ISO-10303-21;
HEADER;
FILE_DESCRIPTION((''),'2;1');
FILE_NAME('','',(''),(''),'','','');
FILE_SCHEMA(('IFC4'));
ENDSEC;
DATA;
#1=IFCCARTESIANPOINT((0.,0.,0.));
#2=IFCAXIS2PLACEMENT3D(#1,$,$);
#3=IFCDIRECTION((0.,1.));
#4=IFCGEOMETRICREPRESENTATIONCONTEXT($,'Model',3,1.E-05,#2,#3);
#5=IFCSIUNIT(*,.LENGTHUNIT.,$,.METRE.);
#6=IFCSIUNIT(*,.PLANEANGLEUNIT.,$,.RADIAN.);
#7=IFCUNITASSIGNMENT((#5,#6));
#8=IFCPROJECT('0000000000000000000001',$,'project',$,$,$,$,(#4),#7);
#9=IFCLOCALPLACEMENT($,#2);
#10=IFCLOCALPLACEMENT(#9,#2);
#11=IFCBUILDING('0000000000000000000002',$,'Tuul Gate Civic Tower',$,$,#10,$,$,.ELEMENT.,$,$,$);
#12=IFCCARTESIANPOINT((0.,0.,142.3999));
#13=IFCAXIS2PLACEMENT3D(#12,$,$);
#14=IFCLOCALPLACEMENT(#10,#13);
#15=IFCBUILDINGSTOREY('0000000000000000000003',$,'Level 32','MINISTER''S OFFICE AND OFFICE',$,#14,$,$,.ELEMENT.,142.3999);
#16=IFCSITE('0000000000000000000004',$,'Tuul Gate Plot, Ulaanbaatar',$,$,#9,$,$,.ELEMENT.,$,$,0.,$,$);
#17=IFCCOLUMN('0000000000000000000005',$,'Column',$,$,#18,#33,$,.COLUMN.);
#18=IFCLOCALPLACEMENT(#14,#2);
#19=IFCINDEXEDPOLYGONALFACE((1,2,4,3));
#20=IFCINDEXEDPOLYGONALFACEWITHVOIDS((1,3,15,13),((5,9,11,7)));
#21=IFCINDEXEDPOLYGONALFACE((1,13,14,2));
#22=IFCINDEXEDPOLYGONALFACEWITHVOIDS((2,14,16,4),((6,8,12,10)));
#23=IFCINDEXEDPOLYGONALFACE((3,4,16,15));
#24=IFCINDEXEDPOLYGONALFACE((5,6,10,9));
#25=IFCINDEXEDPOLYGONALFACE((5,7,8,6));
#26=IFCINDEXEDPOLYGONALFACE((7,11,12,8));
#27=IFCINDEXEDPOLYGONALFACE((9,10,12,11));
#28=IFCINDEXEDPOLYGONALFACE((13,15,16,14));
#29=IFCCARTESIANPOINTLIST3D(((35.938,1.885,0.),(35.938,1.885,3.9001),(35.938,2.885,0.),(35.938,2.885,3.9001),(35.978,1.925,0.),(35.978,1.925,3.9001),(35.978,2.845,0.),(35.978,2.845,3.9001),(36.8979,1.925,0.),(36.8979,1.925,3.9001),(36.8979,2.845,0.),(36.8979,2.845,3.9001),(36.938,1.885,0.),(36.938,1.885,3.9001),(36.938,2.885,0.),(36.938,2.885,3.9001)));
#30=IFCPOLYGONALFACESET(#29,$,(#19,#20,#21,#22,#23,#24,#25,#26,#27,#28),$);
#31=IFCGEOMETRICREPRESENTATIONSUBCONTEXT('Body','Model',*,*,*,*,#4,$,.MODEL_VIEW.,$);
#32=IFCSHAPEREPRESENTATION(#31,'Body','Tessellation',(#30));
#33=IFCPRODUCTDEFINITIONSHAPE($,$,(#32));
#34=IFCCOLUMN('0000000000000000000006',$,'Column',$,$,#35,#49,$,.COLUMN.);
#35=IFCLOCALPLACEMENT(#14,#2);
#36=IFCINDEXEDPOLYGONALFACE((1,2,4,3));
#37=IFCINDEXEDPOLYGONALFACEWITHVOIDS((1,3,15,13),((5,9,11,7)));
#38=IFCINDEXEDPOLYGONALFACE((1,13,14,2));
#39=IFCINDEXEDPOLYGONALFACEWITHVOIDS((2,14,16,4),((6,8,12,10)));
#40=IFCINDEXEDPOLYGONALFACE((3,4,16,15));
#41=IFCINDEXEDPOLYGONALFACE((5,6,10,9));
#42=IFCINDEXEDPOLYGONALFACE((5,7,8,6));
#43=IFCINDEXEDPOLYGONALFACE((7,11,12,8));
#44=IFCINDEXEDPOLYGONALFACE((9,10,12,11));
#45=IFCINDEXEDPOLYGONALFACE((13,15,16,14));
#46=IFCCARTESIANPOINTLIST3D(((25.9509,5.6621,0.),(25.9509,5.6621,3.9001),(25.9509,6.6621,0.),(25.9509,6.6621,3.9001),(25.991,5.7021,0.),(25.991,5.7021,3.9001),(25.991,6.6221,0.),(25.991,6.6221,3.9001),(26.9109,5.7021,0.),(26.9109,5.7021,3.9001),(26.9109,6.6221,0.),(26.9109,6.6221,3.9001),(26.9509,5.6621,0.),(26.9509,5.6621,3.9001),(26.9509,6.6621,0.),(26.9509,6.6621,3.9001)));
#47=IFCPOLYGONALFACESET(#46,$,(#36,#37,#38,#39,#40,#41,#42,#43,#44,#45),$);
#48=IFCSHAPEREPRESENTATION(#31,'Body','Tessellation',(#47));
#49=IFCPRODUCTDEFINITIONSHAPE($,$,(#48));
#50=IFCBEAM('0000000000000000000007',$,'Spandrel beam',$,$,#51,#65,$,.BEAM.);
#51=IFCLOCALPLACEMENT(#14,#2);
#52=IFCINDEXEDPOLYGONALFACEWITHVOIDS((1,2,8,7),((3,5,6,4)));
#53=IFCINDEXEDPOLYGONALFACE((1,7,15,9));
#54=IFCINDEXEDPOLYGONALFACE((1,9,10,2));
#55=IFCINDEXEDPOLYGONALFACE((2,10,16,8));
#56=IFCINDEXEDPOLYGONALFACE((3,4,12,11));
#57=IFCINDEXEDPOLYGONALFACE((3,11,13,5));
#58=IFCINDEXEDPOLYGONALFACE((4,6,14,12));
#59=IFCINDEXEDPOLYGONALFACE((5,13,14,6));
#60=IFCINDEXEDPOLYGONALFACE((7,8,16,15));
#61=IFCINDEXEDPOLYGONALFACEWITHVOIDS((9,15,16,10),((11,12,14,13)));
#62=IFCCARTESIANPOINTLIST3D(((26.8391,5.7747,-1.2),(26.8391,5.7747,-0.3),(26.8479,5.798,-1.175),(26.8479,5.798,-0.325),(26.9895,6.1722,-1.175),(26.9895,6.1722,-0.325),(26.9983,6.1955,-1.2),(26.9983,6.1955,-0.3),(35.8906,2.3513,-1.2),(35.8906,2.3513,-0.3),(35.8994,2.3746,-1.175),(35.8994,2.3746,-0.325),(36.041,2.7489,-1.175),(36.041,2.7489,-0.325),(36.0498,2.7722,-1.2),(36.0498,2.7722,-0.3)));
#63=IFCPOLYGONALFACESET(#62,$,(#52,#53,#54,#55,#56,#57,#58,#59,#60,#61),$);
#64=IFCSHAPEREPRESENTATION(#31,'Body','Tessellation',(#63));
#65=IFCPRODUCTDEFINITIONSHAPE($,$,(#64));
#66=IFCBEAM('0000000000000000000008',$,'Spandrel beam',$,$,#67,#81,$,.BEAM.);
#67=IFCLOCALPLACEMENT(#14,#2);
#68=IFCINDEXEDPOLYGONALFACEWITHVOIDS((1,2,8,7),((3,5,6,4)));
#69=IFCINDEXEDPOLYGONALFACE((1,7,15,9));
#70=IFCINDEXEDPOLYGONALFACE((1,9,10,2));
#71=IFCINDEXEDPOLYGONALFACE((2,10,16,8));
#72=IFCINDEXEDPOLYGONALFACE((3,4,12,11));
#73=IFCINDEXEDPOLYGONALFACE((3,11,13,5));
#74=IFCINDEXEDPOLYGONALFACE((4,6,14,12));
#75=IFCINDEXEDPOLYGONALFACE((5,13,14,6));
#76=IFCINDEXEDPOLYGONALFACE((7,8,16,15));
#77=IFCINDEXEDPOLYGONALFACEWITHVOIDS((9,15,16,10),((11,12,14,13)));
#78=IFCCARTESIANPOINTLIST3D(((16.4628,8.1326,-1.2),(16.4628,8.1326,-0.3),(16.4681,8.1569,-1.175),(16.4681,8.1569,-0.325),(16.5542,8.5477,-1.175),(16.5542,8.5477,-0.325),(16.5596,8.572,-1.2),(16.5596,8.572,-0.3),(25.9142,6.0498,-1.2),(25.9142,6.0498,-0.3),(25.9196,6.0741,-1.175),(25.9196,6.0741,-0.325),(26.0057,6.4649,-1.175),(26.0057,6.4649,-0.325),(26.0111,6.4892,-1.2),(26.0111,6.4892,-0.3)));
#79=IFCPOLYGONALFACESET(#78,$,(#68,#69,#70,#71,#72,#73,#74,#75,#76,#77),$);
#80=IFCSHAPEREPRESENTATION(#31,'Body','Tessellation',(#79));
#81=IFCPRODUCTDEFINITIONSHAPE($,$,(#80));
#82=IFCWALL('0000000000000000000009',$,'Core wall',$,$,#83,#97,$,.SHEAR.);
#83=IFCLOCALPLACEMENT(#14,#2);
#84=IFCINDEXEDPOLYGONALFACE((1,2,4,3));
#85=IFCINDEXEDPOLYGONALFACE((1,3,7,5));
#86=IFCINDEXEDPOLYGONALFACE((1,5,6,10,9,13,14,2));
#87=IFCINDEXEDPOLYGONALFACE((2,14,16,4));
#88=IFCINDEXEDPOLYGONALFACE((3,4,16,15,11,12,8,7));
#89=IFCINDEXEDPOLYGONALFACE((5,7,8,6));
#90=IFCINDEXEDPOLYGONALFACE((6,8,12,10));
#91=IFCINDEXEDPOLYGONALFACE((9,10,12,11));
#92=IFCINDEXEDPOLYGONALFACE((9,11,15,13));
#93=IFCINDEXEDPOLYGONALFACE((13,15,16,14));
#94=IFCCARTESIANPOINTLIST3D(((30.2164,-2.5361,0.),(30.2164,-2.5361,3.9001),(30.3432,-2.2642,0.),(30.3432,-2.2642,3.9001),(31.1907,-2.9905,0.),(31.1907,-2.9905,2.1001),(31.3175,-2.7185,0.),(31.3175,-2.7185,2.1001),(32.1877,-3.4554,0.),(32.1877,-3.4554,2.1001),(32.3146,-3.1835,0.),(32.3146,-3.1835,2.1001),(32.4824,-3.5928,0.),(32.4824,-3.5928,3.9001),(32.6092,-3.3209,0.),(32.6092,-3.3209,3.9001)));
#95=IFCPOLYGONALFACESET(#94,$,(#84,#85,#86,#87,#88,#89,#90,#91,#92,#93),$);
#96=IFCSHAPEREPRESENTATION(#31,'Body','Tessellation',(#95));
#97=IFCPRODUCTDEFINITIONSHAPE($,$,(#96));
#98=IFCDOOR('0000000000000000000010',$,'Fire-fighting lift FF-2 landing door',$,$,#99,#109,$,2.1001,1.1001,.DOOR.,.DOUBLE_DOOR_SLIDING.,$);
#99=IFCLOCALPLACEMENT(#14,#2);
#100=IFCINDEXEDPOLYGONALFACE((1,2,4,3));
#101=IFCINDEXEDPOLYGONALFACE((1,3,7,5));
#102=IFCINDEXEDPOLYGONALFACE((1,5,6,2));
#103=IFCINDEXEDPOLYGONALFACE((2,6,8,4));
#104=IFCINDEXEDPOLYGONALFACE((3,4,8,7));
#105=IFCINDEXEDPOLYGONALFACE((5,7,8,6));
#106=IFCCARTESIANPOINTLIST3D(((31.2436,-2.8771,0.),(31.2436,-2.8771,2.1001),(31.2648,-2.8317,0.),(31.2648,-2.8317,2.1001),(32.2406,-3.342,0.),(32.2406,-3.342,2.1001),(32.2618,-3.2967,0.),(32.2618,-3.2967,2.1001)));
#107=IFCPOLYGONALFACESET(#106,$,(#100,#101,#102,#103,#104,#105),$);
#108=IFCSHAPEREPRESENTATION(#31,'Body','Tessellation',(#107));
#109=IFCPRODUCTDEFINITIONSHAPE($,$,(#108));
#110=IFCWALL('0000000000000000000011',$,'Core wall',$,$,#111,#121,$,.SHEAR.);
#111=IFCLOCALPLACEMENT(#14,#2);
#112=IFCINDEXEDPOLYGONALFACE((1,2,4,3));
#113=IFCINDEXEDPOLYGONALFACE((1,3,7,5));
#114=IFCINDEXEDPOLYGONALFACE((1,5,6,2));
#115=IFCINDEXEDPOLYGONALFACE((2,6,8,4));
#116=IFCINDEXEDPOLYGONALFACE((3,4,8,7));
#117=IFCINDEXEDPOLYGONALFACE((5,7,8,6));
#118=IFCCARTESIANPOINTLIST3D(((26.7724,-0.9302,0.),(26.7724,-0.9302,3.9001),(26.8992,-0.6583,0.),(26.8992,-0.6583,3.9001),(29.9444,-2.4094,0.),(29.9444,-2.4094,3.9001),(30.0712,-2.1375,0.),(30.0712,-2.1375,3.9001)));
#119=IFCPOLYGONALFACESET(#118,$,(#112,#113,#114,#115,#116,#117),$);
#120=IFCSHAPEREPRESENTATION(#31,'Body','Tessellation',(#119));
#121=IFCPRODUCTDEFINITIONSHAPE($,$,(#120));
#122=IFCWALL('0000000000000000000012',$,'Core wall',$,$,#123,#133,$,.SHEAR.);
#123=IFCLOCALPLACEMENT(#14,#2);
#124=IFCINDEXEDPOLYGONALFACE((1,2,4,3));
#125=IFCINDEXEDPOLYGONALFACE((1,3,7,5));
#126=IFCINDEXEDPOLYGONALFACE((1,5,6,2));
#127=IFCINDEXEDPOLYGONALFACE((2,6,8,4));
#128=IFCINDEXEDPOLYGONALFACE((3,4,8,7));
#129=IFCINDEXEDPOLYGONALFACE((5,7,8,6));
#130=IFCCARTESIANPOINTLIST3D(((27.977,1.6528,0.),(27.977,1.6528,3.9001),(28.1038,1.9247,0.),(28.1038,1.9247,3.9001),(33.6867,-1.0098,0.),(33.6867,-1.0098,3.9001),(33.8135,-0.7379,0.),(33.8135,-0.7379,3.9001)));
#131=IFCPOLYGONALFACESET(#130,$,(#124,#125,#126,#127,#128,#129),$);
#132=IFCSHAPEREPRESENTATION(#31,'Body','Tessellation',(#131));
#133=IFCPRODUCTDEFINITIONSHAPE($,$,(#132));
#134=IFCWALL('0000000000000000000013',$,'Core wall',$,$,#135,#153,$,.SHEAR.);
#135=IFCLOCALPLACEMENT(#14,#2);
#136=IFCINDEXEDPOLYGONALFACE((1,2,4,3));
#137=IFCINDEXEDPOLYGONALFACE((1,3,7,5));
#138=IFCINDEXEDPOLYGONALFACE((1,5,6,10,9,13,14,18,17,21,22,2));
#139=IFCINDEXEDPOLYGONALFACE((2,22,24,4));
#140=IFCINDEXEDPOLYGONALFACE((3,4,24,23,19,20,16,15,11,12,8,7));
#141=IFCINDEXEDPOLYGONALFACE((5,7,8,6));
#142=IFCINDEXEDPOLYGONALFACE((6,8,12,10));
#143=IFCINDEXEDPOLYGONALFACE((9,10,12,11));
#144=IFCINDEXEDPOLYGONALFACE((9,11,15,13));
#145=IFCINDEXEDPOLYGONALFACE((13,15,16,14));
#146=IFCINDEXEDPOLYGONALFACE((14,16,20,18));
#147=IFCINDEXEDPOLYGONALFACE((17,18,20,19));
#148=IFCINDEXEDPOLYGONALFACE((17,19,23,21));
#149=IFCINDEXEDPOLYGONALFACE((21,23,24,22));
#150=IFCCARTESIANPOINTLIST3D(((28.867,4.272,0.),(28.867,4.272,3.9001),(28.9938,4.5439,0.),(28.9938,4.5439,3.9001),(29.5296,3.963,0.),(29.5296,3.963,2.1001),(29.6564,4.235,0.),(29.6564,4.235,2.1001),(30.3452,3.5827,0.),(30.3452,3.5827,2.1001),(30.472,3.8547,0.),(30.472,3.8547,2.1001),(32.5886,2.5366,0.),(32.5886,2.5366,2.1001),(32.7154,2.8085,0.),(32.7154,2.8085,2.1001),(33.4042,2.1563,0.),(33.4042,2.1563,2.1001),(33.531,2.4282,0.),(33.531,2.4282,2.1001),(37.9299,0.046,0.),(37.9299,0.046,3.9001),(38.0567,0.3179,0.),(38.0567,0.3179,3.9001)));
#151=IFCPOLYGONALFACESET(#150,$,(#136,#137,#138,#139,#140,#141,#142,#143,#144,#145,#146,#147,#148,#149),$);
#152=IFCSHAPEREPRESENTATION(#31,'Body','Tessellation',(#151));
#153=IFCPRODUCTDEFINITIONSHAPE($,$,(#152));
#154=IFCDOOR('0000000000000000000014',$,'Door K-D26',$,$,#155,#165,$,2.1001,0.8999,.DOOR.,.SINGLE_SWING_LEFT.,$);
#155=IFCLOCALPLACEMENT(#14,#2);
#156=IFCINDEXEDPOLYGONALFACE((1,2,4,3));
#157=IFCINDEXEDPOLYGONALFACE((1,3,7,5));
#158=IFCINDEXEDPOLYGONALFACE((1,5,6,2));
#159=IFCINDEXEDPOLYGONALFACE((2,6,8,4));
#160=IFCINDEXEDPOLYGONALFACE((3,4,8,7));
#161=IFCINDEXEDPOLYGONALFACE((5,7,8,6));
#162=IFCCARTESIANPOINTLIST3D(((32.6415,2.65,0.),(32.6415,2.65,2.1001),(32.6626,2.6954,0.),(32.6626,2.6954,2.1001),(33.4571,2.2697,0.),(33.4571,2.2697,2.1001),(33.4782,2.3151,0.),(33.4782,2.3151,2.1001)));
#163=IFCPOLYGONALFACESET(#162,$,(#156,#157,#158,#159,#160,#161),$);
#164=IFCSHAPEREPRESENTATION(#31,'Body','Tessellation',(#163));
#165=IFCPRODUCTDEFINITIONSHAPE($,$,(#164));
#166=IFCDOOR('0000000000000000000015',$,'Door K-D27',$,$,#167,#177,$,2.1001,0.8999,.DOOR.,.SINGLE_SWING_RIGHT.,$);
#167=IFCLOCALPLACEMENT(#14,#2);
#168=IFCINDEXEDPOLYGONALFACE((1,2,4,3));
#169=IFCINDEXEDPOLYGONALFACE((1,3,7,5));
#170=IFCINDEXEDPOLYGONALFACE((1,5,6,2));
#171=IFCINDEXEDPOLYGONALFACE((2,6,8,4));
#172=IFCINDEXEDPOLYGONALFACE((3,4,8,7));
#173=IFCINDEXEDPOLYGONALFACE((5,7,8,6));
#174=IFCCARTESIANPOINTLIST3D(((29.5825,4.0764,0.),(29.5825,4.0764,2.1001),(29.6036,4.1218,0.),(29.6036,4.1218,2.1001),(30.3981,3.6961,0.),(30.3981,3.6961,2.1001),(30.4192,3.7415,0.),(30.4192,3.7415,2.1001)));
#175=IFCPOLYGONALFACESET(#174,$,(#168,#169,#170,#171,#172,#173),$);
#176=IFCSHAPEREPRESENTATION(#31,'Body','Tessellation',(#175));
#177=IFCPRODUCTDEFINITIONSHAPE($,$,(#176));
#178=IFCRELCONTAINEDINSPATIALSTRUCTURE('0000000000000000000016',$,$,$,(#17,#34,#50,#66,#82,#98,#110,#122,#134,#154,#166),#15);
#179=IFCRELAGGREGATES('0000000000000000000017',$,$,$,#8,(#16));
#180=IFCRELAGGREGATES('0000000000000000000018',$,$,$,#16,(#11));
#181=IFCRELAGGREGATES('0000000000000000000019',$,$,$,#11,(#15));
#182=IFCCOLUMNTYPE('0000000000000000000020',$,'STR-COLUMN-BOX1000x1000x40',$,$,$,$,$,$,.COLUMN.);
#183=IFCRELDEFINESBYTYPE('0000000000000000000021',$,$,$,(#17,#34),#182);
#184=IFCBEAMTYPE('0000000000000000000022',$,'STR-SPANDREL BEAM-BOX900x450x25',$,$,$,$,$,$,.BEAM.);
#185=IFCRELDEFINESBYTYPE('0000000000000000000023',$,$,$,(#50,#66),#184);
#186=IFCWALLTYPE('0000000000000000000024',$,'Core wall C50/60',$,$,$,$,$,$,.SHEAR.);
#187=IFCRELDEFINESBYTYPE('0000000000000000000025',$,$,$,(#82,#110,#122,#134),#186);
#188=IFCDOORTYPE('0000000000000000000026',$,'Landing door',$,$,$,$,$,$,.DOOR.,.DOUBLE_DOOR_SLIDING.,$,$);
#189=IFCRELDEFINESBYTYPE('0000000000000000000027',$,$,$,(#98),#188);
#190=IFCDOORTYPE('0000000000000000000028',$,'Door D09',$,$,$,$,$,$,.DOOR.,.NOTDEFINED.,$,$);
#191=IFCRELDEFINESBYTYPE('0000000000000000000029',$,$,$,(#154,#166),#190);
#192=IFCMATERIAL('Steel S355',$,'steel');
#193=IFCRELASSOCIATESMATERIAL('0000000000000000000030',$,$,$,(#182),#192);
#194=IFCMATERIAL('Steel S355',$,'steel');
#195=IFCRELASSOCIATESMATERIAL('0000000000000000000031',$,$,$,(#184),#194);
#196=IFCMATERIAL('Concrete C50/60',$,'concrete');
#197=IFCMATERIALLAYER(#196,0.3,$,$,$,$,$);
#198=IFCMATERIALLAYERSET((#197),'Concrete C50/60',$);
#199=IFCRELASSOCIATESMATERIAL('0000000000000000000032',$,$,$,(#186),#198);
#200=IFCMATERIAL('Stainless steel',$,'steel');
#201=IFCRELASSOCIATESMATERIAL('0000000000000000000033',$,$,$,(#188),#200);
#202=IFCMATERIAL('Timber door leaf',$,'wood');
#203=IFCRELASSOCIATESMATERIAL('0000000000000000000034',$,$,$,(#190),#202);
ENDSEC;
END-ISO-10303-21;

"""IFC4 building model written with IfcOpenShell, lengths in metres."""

from ifc_helpers import new_model, si_unit, direction, frame, frame_2d, origin, origin_2d, place, context, subcontext, project, spatial, rectangle, hollow_rectangle, extrude, material, layer, layer_set, material_profile, profile_set, type_object, element, fill, save


model = new_model("IFC4")

# Units and contexts
model_context = context("Model", 3, precision=1e-05, world=origin(), true_north=direction((0.0, 1.0)))
body_context = subcontext(model_context, "Body", "Model", "MODEL_VIEW")
ifc_project = project(units=[si_unit("LENGTHUNIT", "METRE"), si_unit("PLANEANGLEUNIT", "RADIAN")], contexts=[model_context])

# Site, building, storey
site_placement = place(None, origin())
site = spatial("IfcSite", under=ifc_project, at=site_placement, Name="Tuul Gate Plot, Ulaanbaatar", CompositionType="ELEMENT", RefElevation=0.0)
building_placement = place(site_placement, origin())
building = spatial("IfcBuilding", under=site, at=building_placement, Name="Tuul Gate Civic Tower", CompositionType="ELEMENT")
storey_placement = place(building_placement, frame((0.0, 0.0, 142.3999)))
storey = spatial("IfcBuildingStorey", under=building, at=storey_placement, Name="Level 32", Description="MINISTER'S OFFICE AND OFFICE", CompositionType="ELEMENT", Elevation=142.3999)

# Columns
ifc_material_1 = material(Name="Steel S355", Category="steel")
ifc_material_profile_1 = material_profile(ifc_material_1, hollow_rectangle(XDim=1.0, YDim=1.0, WallThickness=0.04, at=origin_2d()), Name="BOX1000x1000x40")
ifc_profile_set_1 = profile_set([ifc_material_profile_1], Name="Steel S355")
column_type = type_object("IfcColumnType", Name="STR-COLUMN-BOX1000x1000x40", PredefinedType="COLUMN", material=ifc_profile_set_1)
for number, where, z_axis, x_axis, name in (
    (1, (36.438, 2.385, 0.0), (0.0, 0.0, 1.0), (1.0, 0.0, 0.0), "Column"),
    (2, (26.4509, 6.1621, 0.0), (0.0, 0.0, 1.0), (1.0, 0.0, 0.0), "Column"),
):
    element("IfcColumn", number, at=place(storey_placement, frame(where, z_axis=z_axis, x_axis=x_axis)), inside=storey, type_object=column_type, Name=name, PredefinedType="COLUMN", context=body_context, shape_type="SweptSolid", body=[
        extrude(hollow_rectangle(XDim=1.0, YDim=1.0, WallThickness=0.04, at=origin_2d()), origin(), (0.0, 0.0, 1.0), 3.9001),
    ])

# Beams
ifc_material_2 = material(Name="Steel S355", Category="steel")
ifc_material_profile_2 = material_profile(ifc_material_2, hollow_rectangle(XDim=0.45, YDim=0.8999, WallThickness=0.0249, at=origin_2d()), Name="BOX900x450x25")
ifc_profile_set_2 = profile_set([ifc_material_profile_2], Name="Steel S355")
beam_type = type_object("IfcBeamType", Name="STR-SPANDREL BEAM-BOX900x450x25", PredefinedType="BEAM", material=ifc_profile_set_2)
beam_1_placement = place(storey_placement, frame((35.9702, 2.5618, -0.75), z_axis=(-0.93534, 0.353751, 0.0), x_axis=(-0.353751, -0.93534, 0.0)))
element("IfcBeam", 3, at=beam_1_placement, inside=storey, type_object=beam_type, Name="Spandrel beam", PredefinedType="BEAM", context=body_context, shape_type="SweptSolid", body=[
    extrude(hollow_rectangle(XDim=0.45, YDim=0.8999, WallThickness=0.0249, at=origin_2d()), origin(), (0.0, 0.0, 1.0), 9.6772),
])
beam_2_placement = place(storey_placement, frame((25.9626, 6.2695, -0.75), z_axis=(-0.97657, 0.215202, 0.0), x_axis=(-0.215202, -0.97657, 0.0)))
element("IfcBeam", 4, at=beam_2_placement, inside=storey, type_object=beam_type, Name="Spandrel beam", PredefinedType="BEAM", context=body_context, shape_type="SweptSolid", body=[
    extrude(hollow_rectangle(XDim=0.45, YDim=0.8999, WallThickness=0.0249, at=origin_2d()), origin(), (0.0, 0.0, 1.0), 9.6782),
])

# Wall, opening, door
ifc_material_3 = material(Name="Concrete C50/60", Category="concrete")
ifc_layer_1 = layer(ifc_material_3, 0.3)
ifc_layer_set_1 = layer_set([ifc_layer_1], Name="Concrete C50/60")
wall_type_1 = type_object("IfcWallType", Name="Core wall C50/60", PredefinedType="SHEAR", material=ifc_layer_set_1)
wall_1_placement = place(storey_placement, frame((32.5457, -3.4568, 0.0), z_axis=(0.0, 0.0, 1.0), x_axis=(-0.9063, 0.422634, 0.0)))
wall_1 = element("IfcWall", 5, at=wall_1_placement, inside=storey, type_object=wall_type_1, Name="Core wall", PredefinedType="SHEAR", context=body_context, shape_type="SweptSolid", body=[
    extrude(rectangle(XDim=2.5002, YDim=0.3, at=frame_2d((1.25, 0.0))), origin(), (0.0, 0.0, 1.0), 3.9001),
])
opening_1_placement = place(wall_1_placement, frame((0.325, 0.0, 0.0)))
opening_1 = element("IfcOpeningElement", 6, at=opening_1_placement, cuts=wall_1, PredefinedType="OPENING", context=body_context, shape_type="SweptSolid", body=[
    extrude(rectangle(XDim=1.1001, YDim=2.1001, at=frame_2d((0.55, 1.05))), frame((0.0, 0.1602, 0.0), z_axis=(0.0, -1.0, 0.0), x_axis=(1.0, 0.0, 0.0)), (0.0, 0.0, 1.0), 0.3201),
])
ifc_material_4 = material(Name="Stainless steel", Category="steel")
door_type_1 = type_object("IfcDoorType", Name="Landing door", OperationType="DOUBLE_DOOR_SLIDING", PredefinedType="DOOR", material=ifc_material_4)
door_1_placement = place(opening_1_placement, origin())
door_1 = element("IfcDoor", 7, at=door_1_placement, inside=storey, type_object=door_type_1, Name="Fire-fighting lift FF-2 landing door", OperationType="DOUBLE_DOOR_SLIDING", OverallHeight=2.1001, OverallWidth=1.1001, PredefinedType="DOOR", context=body_context, shape_type="SweptSolid", body=[
    extrude(rectangle(XDim=1.1001, YDim=2.1001, at=frame_2d((0.55, 1.05))), frame((0.0, 0.0249, 0.0), z_axis=(0.0, -1.0, 0.0), x_axis=(1.0, 0.0, 0.0)), (0.0, 0.0, 1.0), 0.05),
])
fill(opening_1, door_1)

# Walls
wall_2_placement = place(storey_placement, frame((30.0078, -2.2734, 0.0), z_axis=(0.0, 0.0, 1.0), x_axis=(-0.906301, 0.422633, 0.0)))
element("IfcWall", 8, at=wall_2_placement, inside=storey, type_object=wall_type_1, Name="Core wall", PredefinedType="SHEAR", context=body_context, shape_type="SweptSolid", body=[
    extrude(rectangle(XDim=3.5, YDim=0.3, at=frame_2d((1.75, 0.0))), origin(), (0.0, 0.0, 1.0), 3.9001),
])
wall_3_placement = place(storey_placement, frame((33.75, -0.8738, 0.0), z_axis=(0.0, 0.0, 1.0), x_axis=(-0.906301, 0.422633, 0.0)))
element("IfcWall", 9, at=wall_3_placement, inside=storey, type_object=wall_type_1, Name="Core wall", PredefinedType="SHEAR", context=body_context, shape_type="SweptSolid", body=[
    extrude(rectangle(XDim=6.3, YDim=0.3, at=frame_2d((3.1499, 0.0))), origin(), (0.0, 0.0, 1.0), 3.9001),
])

# Wall, openings, doors
wall_4_placement = place(storey_placement, frame((37.9934, 0.1819, 0.0), z_axis=(0.0, 0.0, 1.0), x_axis=(-0.90631, 0.422613, 0.0)))
wall_4 = element("IfcWall", 10, at=wall_4_placement, inside=storey, type_object=wall_type_1, Name="Core wall", PredefinedType="SHEAR", context=body_context, shape_type="SweptSolid", body=[
    extrude(rectangle(XDim=9.9998, YDim=0.3, at=frame_2d((5.0, 0.0))), origin(), (0.0, 0.0, 1.0), 3.9001),
])
opening_2_placement = place(wall_4_placement, frame((4.9937, 0.0, 0.0)))
opening_2 = element("IfcOpeningElement", 11, at=opening_2_placement, cuts=wall_4, PredefinedType="OPENING", context=body_context, shape_type="SweptSolid", body=[
    extrude(rectangle(XDim=0.8999, YDim=2.1001, at=frame_2d((0.45, 1.05))), frame((0.0, 0.1602, 0.0), z_axis=(0.0, -1.0, 0.0), x_axis=(1.0, 0.0, 0.0)), (0.0, 0.0, 1.0), 0.3201),
])
opening_3_placement = place(wall_4_placement, frame((8.3689, 0.0, 0.0)))
opening_3 = element("IfcOpeningElement", 12, at=opening_3_placement, cuts=wall_4, PredefinedType="OPENING", context=body_context, shape_type="SweptSolid", body=[
    extrude(rectangle(XDim=0.8999, YDim=2.1001, at=frame_2d((0.45, 1.05))), frame((0.0, 0.1602, 0.0), z_axis=(0.0, -1.0, 0.0), x_axis=(1.0, 0.0, 0.0)), (0.0, 0.0, 1.0), 0.3201),
])
ifc_material_5 = material(Name="Timber door leaf", Category="wood")
door_type_2 = type_object("IfcDoorType", Name="Door D09", OperationType="NOTDEFINED", PredefinedType="DOOR", material=ifc_material_5)
door_2_placement = place(opening_2_placement, origin())
door_2 = element("IfcDoor", 13, at=door_2_placement, inside=storey, type_object=door_type_2, Name="Door K-D26", OperationType="SINGLE_SWING_LEFT", OverallHeight=2.1001, OverallWidth=0.8999, PredefinedType="DOOR", context=body_context, shape_type="SweptSolid", body=[
    extrude(rectangle(XDim=0.8999, YDim=2.1001, at=frame_2d((0.45, 1.05))), frame((0.0, 0.0249, 0.0), z_axis=(0.0, -1.0, 0.0), x_axis=(1.0, 0.0, 0.0)), (0.0, 0.0, 1.0), 0.05),
])
fill(opening_2, door_2)
door_3_placement = place(opening_3_placement, origin())
door_3 = element("IfcDoor", 14, at=door_3_placement, inside=storey, type_object=door_type_2, Name="Door K-D27", OperationType="SINGLE_SWING_RIGHT", OverallHeight=2.1001, OverallWidth=0.8999, PredefinedType="DOOR", context=body_context, shape_type="SweptSolid", body=[
    extrude(rectangle(XDim=0.8999, YDim=2.1001, at=frame_2d((0.45, 1.05))), frame((0.0, 0.0249, 0.0), z_axis=(0.0, -1.0, 0.0), x_axis=(1.0, 0.0, 0.0)), (0.0, 0.0, 1.0), 0.05),
])
fill(opening_3, door_3)

save(model, "model.ifc")
